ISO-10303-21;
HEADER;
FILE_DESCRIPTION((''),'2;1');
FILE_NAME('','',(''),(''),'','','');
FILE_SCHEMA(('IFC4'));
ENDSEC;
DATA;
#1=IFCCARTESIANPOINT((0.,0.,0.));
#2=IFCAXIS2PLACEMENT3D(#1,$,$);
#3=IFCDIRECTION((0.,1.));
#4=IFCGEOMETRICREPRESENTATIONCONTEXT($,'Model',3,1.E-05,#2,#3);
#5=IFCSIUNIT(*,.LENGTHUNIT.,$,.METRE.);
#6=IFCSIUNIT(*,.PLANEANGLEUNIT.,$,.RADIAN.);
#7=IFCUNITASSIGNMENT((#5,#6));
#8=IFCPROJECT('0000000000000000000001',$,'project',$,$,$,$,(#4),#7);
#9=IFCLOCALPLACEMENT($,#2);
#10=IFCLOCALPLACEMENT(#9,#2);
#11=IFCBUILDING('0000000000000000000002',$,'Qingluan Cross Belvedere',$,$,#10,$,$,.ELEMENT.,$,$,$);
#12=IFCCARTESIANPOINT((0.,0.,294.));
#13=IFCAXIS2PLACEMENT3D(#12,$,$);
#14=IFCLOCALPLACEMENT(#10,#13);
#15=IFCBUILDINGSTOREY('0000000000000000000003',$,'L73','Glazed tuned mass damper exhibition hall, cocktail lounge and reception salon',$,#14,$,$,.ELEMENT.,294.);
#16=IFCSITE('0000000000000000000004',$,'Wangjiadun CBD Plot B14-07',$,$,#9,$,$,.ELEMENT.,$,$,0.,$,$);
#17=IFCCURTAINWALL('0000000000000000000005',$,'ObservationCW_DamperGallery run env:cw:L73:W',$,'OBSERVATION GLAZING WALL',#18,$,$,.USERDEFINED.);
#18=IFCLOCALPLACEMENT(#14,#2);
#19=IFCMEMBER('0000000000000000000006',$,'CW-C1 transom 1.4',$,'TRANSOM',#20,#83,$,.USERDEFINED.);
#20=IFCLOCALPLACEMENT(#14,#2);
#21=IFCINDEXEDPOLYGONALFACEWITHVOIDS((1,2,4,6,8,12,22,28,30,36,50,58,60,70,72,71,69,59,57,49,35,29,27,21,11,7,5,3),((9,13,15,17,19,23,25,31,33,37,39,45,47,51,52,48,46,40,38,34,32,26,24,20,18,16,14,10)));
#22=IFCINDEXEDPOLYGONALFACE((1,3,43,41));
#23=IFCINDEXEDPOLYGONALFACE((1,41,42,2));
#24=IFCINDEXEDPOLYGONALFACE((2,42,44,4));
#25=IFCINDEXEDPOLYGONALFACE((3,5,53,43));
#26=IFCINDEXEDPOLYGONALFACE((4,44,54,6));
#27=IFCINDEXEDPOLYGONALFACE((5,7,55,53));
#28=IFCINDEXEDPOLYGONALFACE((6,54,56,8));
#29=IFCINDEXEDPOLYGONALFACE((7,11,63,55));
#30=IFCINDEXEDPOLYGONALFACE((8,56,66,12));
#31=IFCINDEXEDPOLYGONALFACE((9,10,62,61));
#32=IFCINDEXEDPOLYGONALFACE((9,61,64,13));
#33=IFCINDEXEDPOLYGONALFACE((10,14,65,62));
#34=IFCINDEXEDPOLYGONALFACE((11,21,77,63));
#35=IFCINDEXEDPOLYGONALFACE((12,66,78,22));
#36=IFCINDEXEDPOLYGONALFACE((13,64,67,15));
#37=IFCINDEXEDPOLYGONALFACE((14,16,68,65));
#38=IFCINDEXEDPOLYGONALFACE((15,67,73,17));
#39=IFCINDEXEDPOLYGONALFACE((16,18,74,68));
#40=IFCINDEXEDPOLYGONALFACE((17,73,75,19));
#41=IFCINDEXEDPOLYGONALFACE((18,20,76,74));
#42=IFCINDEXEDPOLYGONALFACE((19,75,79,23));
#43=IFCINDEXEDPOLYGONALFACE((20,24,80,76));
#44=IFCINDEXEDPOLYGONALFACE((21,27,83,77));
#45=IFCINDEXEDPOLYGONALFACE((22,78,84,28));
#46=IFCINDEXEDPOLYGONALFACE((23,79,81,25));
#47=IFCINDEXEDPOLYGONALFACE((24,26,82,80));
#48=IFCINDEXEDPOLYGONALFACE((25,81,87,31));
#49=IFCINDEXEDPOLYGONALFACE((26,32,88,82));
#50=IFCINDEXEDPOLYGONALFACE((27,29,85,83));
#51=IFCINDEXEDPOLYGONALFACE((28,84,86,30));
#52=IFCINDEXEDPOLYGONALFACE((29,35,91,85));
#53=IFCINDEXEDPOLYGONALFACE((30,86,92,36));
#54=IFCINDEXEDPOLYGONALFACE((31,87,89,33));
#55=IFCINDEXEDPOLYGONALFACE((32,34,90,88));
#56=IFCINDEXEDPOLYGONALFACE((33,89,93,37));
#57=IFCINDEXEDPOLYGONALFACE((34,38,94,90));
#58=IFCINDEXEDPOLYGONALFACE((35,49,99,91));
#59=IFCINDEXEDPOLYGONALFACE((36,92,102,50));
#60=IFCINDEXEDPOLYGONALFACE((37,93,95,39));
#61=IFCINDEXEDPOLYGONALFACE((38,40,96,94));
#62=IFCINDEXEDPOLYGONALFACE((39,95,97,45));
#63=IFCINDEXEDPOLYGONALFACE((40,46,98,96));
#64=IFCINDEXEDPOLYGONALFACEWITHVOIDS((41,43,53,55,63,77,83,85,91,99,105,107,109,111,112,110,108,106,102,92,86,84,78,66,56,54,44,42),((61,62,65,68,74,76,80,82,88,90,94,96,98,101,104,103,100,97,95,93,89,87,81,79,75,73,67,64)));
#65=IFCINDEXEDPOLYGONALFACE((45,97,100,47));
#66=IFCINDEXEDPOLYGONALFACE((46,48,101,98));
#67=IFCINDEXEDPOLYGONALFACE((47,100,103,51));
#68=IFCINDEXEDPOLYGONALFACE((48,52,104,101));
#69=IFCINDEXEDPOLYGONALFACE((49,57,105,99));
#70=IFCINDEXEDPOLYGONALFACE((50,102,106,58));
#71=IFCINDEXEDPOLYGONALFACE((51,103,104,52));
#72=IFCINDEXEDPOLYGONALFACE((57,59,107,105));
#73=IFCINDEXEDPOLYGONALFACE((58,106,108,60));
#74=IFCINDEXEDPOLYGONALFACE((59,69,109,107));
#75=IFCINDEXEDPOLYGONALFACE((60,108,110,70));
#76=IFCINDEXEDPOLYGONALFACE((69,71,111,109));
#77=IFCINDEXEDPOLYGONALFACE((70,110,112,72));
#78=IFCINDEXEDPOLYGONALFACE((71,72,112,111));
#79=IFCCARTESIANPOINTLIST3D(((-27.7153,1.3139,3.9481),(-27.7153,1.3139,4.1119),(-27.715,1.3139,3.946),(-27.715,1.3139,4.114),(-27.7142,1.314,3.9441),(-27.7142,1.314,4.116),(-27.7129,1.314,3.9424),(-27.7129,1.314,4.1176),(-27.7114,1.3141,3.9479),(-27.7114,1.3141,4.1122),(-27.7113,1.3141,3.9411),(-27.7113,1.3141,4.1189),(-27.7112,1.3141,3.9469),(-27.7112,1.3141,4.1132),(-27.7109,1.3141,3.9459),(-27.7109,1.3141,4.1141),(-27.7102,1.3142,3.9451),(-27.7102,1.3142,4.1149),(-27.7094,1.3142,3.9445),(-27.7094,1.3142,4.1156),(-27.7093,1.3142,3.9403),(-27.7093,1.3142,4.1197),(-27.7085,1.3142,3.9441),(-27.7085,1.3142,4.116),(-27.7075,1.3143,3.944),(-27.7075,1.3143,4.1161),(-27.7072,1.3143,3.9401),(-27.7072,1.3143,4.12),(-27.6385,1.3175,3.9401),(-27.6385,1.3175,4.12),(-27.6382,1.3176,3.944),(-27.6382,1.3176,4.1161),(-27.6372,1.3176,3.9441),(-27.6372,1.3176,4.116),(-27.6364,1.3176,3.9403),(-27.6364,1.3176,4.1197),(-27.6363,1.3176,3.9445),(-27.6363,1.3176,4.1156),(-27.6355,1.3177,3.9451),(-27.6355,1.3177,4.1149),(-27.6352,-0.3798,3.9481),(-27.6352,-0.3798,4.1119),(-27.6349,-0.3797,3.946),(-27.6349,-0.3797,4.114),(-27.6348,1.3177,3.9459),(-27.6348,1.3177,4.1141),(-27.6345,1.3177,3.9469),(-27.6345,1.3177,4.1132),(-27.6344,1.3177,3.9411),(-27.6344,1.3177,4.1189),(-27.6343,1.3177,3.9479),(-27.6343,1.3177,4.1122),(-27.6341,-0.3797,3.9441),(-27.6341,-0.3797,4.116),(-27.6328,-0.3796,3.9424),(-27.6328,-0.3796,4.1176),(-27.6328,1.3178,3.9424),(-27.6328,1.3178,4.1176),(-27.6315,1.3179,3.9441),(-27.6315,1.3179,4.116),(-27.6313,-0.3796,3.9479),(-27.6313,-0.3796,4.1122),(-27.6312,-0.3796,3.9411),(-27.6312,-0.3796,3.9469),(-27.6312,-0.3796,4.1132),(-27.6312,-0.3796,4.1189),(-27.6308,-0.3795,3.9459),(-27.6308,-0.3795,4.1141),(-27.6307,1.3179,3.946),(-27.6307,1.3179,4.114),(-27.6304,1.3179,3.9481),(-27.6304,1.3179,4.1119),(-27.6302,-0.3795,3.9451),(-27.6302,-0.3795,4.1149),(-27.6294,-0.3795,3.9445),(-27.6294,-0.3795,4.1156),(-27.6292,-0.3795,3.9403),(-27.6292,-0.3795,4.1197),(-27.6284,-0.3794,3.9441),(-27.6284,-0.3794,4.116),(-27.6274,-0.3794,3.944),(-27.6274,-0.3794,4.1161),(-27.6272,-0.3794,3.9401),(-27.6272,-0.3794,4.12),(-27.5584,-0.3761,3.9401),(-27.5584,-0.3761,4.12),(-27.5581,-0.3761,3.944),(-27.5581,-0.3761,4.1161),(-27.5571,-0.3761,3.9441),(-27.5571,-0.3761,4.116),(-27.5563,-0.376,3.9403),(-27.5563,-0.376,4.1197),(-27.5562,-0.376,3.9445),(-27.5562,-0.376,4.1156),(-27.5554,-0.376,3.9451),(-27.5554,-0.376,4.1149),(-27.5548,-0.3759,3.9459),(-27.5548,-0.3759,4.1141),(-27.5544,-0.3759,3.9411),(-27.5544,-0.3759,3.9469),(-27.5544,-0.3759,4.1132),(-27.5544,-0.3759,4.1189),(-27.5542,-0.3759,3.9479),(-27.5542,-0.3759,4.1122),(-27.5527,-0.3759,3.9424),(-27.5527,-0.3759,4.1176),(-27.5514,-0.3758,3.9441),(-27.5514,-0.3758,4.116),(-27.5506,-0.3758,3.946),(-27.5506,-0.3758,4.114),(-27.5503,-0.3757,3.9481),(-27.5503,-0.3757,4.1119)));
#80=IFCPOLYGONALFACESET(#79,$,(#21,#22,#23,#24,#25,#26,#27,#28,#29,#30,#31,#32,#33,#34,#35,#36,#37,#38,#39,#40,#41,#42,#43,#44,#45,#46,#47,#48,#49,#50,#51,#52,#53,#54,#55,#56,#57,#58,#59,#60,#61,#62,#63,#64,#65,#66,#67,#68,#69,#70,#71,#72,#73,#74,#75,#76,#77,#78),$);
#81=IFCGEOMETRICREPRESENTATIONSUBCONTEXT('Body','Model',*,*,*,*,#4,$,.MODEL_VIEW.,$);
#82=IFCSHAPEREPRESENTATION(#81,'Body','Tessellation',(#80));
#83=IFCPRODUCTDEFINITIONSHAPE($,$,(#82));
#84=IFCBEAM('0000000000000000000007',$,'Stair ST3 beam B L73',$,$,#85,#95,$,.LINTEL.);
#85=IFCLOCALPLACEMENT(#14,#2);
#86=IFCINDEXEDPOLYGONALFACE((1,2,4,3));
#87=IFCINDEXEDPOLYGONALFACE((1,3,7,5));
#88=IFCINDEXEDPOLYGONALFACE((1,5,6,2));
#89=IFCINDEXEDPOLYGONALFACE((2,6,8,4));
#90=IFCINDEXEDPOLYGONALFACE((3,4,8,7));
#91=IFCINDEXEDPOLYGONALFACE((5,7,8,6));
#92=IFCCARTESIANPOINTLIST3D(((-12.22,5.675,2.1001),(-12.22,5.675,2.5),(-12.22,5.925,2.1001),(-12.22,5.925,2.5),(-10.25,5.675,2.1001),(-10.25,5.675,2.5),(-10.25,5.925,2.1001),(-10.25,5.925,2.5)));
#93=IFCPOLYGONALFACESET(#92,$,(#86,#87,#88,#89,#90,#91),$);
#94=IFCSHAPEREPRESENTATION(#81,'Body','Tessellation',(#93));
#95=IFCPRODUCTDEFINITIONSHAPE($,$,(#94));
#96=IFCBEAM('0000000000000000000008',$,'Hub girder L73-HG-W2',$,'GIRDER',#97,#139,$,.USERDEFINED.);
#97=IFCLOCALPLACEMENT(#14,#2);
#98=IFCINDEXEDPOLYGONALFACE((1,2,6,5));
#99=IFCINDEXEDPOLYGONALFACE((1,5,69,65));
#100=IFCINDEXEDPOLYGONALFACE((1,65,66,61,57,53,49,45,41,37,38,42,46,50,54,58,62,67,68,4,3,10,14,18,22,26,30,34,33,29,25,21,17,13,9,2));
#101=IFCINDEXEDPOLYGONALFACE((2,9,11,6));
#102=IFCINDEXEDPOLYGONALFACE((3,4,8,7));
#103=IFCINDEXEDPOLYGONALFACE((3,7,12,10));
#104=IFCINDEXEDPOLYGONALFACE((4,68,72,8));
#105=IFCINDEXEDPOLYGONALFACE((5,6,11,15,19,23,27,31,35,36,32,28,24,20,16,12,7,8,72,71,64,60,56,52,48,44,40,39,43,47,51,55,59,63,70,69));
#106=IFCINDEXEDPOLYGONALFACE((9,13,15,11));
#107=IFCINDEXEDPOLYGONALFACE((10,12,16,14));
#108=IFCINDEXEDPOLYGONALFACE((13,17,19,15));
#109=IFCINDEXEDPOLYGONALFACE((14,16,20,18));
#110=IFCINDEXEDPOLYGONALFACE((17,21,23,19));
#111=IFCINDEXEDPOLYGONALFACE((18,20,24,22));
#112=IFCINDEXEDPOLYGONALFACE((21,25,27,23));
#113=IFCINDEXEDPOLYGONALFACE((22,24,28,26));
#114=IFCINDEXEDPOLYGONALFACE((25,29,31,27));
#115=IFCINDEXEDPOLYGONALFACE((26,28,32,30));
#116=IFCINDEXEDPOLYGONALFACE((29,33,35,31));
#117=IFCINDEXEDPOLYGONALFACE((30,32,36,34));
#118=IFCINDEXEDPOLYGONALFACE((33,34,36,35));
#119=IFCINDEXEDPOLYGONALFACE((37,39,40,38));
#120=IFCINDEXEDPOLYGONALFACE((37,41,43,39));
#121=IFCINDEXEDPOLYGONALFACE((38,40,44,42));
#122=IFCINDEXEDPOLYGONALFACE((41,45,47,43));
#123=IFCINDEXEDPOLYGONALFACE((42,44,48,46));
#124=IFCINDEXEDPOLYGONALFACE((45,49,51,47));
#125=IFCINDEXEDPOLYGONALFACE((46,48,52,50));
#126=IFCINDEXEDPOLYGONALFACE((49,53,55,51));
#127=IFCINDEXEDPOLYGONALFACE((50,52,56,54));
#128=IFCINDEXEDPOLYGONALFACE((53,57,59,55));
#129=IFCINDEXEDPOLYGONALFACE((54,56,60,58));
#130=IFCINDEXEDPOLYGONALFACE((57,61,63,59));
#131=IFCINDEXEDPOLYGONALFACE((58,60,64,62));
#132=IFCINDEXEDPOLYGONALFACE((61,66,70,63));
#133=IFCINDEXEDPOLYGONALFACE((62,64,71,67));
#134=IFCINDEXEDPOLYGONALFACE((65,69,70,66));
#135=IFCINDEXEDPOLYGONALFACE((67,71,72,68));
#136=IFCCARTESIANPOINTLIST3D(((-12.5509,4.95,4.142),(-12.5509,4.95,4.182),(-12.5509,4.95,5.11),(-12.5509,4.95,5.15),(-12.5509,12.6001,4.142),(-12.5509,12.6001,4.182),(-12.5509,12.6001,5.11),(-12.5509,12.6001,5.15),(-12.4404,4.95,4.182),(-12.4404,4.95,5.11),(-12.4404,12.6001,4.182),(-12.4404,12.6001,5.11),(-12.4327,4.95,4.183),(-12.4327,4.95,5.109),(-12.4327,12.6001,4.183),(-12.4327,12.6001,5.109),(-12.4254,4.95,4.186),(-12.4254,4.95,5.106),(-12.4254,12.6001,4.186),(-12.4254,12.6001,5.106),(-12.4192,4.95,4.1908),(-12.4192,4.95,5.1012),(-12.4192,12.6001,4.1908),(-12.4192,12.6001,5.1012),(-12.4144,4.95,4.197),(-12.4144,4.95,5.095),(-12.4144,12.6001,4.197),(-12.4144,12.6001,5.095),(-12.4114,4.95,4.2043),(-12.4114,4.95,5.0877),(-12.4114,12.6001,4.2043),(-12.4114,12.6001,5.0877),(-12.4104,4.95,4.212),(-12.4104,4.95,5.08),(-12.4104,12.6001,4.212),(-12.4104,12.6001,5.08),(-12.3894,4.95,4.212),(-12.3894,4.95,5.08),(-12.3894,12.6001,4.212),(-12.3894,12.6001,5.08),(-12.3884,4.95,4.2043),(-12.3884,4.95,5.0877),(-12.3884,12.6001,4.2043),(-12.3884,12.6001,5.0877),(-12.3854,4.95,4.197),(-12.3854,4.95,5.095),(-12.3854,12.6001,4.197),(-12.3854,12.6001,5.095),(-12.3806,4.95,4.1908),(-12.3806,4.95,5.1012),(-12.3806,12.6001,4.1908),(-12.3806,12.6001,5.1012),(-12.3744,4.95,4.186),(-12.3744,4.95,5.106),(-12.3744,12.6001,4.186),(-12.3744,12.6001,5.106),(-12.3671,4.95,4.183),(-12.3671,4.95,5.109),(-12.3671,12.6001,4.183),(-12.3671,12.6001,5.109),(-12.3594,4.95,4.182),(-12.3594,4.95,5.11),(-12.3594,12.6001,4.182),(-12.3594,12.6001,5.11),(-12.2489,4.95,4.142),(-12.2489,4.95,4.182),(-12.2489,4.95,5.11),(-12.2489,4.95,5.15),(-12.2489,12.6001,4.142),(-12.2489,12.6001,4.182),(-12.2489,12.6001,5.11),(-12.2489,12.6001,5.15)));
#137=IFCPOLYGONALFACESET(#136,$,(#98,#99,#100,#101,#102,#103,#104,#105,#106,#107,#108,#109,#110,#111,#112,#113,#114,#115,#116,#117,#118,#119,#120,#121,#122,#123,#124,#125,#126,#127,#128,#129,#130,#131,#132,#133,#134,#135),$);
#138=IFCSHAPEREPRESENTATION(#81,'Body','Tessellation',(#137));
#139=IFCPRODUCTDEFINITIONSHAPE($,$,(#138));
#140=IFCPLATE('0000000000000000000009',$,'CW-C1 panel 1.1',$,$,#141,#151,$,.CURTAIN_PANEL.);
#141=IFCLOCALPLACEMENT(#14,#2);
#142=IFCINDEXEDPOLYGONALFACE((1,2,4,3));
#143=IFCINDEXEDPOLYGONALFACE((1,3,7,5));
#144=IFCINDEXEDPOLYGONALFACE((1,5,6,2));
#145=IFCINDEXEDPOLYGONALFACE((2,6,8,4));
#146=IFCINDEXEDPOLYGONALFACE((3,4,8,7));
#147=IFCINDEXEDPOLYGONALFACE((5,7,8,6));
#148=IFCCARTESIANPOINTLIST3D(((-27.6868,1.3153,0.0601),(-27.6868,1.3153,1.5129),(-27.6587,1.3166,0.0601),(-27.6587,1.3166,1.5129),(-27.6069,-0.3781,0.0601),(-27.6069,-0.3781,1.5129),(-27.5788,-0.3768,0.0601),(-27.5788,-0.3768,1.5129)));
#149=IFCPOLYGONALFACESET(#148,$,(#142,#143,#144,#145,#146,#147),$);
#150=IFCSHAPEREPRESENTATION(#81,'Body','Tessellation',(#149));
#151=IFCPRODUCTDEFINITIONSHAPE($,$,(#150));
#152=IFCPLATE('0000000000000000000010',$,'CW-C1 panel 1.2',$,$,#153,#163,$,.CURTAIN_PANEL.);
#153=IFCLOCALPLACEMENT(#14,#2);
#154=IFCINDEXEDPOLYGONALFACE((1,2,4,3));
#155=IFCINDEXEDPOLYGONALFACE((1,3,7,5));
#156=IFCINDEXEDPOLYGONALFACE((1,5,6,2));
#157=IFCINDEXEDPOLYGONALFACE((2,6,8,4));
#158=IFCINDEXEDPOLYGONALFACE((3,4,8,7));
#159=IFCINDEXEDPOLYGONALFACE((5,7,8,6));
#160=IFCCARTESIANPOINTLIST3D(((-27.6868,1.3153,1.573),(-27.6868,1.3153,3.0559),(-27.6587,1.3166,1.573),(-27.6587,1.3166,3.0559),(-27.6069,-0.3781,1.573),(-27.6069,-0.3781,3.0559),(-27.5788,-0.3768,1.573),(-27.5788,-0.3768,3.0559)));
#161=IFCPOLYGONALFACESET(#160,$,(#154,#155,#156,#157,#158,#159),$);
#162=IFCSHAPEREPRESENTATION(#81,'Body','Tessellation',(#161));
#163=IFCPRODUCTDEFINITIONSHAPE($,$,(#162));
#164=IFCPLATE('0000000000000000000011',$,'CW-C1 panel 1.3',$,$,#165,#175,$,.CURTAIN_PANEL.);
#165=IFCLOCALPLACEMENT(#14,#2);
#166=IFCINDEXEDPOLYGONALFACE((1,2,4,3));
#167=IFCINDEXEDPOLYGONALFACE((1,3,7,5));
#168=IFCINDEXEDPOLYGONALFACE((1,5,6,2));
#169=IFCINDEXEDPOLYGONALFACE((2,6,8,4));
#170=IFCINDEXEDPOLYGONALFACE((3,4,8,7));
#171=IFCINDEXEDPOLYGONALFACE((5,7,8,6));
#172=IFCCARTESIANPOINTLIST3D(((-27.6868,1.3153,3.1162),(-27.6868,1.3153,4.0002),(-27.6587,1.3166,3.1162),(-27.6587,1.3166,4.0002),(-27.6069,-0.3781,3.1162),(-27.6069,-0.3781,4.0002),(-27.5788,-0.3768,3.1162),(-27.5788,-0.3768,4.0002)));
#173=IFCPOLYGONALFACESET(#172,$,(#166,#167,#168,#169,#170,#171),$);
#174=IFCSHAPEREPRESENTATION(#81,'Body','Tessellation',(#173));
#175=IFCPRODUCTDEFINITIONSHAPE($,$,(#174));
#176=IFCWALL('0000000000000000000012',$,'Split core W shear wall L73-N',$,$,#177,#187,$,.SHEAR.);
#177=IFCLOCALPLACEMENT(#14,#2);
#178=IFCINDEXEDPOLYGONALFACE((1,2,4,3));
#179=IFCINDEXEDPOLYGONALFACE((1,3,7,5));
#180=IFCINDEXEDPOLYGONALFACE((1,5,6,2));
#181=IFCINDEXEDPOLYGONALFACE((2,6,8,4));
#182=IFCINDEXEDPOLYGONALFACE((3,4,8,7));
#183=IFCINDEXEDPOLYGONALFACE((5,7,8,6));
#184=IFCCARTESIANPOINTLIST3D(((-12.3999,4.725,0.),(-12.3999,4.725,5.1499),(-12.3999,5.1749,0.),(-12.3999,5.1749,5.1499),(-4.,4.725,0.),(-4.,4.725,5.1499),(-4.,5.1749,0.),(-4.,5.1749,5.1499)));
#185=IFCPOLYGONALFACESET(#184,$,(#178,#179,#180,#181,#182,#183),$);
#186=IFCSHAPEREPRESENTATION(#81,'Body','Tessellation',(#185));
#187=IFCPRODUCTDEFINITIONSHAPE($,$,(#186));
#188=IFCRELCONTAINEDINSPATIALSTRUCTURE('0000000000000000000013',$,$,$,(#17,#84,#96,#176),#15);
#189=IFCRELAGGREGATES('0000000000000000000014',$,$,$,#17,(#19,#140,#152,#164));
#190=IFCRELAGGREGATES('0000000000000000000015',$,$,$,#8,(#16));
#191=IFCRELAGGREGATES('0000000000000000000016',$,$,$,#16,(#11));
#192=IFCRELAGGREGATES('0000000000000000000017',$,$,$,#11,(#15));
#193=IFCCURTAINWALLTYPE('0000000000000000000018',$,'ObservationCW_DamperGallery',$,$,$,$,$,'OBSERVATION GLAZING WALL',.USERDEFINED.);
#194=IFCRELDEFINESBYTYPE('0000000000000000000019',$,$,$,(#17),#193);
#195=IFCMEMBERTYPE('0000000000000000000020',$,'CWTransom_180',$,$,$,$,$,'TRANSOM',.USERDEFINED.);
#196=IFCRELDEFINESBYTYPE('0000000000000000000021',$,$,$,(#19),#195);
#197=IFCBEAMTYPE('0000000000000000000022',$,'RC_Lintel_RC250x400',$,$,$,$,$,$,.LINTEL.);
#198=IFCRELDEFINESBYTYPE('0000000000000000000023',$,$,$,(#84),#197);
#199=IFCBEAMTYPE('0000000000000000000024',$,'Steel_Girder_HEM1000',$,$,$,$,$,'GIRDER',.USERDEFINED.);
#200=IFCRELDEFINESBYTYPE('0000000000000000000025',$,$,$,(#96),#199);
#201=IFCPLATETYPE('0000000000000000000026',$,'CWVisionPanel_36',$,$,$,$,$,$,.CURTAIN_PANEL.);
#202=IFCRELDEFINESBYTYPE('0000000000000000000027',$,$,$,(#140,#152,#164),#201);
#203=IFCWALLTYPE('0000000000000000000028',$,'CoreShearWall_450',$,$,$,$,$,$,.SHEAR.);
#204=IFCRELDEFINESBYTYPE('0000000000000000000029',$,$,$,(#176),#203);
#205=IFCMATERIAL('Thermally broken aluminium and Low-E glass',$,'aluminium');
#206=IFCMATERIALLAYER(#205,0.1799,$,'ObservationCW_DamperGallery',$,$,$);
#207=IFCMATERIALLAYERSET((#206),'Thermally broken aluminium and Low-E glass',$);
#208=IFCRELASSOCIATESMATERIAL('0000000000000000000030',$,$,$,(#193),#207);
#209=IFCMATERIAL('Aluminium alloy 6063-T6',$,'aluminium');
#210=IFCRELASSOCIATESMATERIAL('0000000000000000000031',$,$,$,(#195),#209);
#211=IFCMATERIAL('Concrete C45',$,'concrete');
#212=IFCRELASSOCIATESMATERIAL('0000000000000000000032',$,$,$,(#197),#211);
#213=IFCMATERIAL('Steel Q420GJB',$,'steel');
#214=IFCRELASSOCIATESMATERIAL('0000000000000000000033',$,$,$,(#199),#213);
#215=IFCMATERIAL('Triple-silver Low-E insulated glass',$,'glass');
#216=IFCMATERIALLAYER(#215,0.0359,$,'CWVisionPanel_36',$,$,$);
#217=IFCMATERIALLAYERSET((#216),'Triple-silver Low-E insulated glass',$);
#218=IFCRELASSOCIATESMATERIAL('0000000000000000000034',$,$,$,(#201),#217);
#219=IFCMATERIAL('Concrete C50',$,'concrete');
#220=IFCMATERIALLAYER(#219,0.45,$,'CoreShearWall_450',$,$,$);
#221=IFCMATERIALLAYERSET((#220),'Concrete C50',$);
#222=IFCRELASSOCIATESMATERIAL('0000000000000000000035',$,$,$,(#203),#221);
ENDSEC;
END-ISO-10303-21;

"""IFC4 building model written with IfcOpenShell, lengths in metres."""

from ifc_helpers import new_model, si_unit, direction, frame, frame_2d, origin, origin_2d, place, context, subcontext, project, spatial, rectangle, hollow_rectangle, i_section, extrude, material, layer, layer_set, material_profile, profile_set, type_object, element, aggregate, save


model = new_model("IFC4")

# Units and contexts
model_context = context("Model", 3, precision=1e-05, world=origin(), true_north=direction((0.0, 1.0)))
body_context = subcontext(model_context, "Body", "Model", "MODEL_VIEW")
ifc_project = project(units=[si_unit("LENGTHUNIT", "METRE"), si_unit("PLANEANGLEUNIT", "RADIAN")], contexts=[model_context])

# Site, building, storey
site_placement = place(None, origin())
site = spatial("IfcSite", under=ifc_project, at=site_placement, Name="Wangjiadun CBD Plot B14-07", CompositionType="ELEMENT", RefElevation=0.0)
building_placement = place(site_placement, origin())
building = spatial("IfcBuilding", under=site, at=building_placement, Name="Qingluan Cross Belvedere", CompositionType="ELEMENT")
storey_placement = place(building_placement, frame((0.0, 0.0, 294.0)))
storey = spatial("IfcBuildingStorey", under=building, at=storey_placement, Name="L73", Description="Glazed tuned mass damper exhibition hall, cocktail lounge and reception salon", CompositionType="ELEMENT", Elevation=294.0)

# Curtain wall, member
ifc_material_1 = material(Name="Thermally broken aluminium and Low-E glass", Category="aluminium")
ifc_layer_1 = layer(ifc_material_1, 0.1799, Name="ObservationCW_DamperGallery")
ifc_layer_set_1 = layer_set([ifc_layer_1], Name="Thermally broken aluminium and Low-E glass")
curtain_wall_type = type_object("IfcCurtainWallType", Name="ObservationCW_DamperGallery", ElementType="OBSERVATION GLAZING WALL", PredefinedType="USERDEFINED", material=ifc_layer_set_1)
curtain_wall_placement = place(storey_placement, origin())
curtain_wall = element("IfcCurtainWall", 1, at=curtain_wall_placement, inside=storey, type_object=curtain_wall_type, Name="ObservationCW_DamperGallery run env:cw:L73:W", ObjectType="OBSERVATION GLAZING WALL", PredefinedType="USERDEFINED")
ifc_material_2 = material(Name="Aluminium alloy 6063-T6", Category="aluminium")
ifc_material_profile_1 = material_profile(ifc_material_2, hollow_rectangle(XDim=0.085, YDim=0.1799, WallThickness=0.0039, InnerFilletRadius=0.0039, OuterFilletRadius=0.0081, at=origin_2d()), Name="CWT180x85x4")
ifc_profile_set_1 = profile_set([ifc_material_profile_1], Name="Aluminium alloy 6063-T6")
member_type_1 = type_object("IfcMemberType", Name="CWTransom_180", ElementType="TRANSOM", PredefinedType="USERDEFINED", material=ifc_profile_set_1)
member_1_placement = place(storey_placement, frame((-27.6729, 1.3159, 4.03), z_axis=(0.04723, -0.998884, 0.0), x_axis=(0.998884, 0.04723, 0.0)))
member_1 = element("IfcMember", 2, at=member_1_placement, type_object=member_type_1, Name="CW-C1 transom 1.4", ObjectType="TRANSOM", PredefinedType="USERDEFINED", context=body_context, shape_type="SweptSolid", body=[
    extrude(hollow_rectangle(XDim=0.085, YDim=0.1799, WallThickness=0.0039, InnerFilletRadius=0.0039, OuterFilletRadius=0.0081, at=origin_2d()), origin(), (0.0, 0.0, 1.0), 1.6956),
])

# Beams
ifc_material_3 = material(Name="Concrete C45", Category="concrete")
ifc_material_profile_2 = material_profile(ifc_material_3, rectangle(XDim=0.25, YDim=0.3999, at=origin_2d()), Name="RC250x400")
ifc_profile_set_2 = profile_set([ifc_material_profile_2], Name="Concrete C45")
beam_type_1 = type_object("IfcBeamType", Name="RC_Lintel_RC250x400", PredefinedType="LINTEL", material=ifc_profile_set_2)
beam_1_placement = place(storey_placement, frame((-12.22, 5.8, 2.3), z_axis=(1.0, 0.0, 0.0), x_axis=(0.0, 1.0, 0.0)))
element("IfcBeam", 3, at=beam_1_placement, inside=storey, type_object=beam_type_1, Name="Stair ST3 beam B L73", PredefinedType="LINTEL", context=body_context, shape_type="SweptSolid", body=[
    extrude(rectangle(XDim=0.25, YDim=0.3999, at=origin_2d()), origin(), (0.0, 0.0, 1.0), 1.97),
])
ifc_material_4 = material(Name="Steel Q420GJB", Category="steel")
ifc_material_profile_3 = material_profile(ifc_material_4, i_section(OverallWidth=0.302, OverallDepth=1.0081, WebThickness=0.021, FlangeThickness=0.04, FilletRadius=0.03, at=origin_2d()), Name="HEM1000")
ifc_profile_set_3 = profile_set([ifc_material_profile_3], Name="Steel Q420GJB")
beam_type_2 = type_object("IfcBeamType", Name="Steel_Girder_HEM1000", ElementType="GIRDER", PredefinedType="USERDEFINED", material=ifc_profile_set_3)
beam_2_placement = place(storey_placement, frame((-12.3999, 4.95, 4.646), z_axis=(0.0, 1.0, 0.0), x_axis=(-1.0, 0.0, 0.0)))
element("IfcBeam", 4, at=beam_2_placement, inside=storey, type_object=beam_type_2, Name="Hub girder L73-HG-W2", ObjectType="GIRDER", PredefinedType="USERDEFINED", context=body_context, shape_type="SweptSolid", body=[
    extrude(i_section(OverallWidth=0.302, OverallDepth=1.0081, WebThickness=0.021, FlangeThickness=0.04, FilletRadius=0.03, at=origin_2d()), origin(), (0.0, 0.0, 1.0), 7.6501),
])

# Plates
ifc_material_5 = material(Name="Triple-silver Low-E insulated glass", Category="glass")
ifc_layer_2 = layer(ifc_material_5, 0.0359, Name="CWVisionPanel_36")
ifc_layer_set_2 = layer_set([ifc_layer_2], Name="Triple-silver Low-E insulated glass")
plate_type = type_object("IfcPlateType", Name="CWVisionPanel_36", PredefinedType="CURTAIN_PANEL", material=ifc_layer_set_2)
plate_1_placement = place(storey_placement, frame((-27.6328, 0.4692, 0.0601), z_axis=(0.0, 0.0, 1.0), x_axis=(0.047125, -0.998889, 0.0)))
plate_1 = element("IfcPlate", 5, at=plate_1_placement, type_object=plate_type, Name="CW-C1 panel 1.1", PredefinedType="CURTAIN_PANEL", context=body_context, shape_type="SweptSolid", body=[
    extrude(rectangle(XDim=1.6953, YDim=0.0281, at=origin_2d()), origin(), (0.0, 0.0, 1.0), 1.4529),
])
plate_2_placement = place(storey_placement, frame((-27.6328, 0.4692, 1.573), z_axis=(0.0, 0.0, 1.0), x_axis=(0.047125, -0.998889, 0.0)))
plate_2 = element("IfcPlate", 6, at=plate_2_placement, type_object=plate_type, Name="CW-C1 panel 1.2", PredefinedType="CURTAIN_PANEL", context=body_context, shape_type="SweptSolid", body=[
    extrude(rectangle(XDim=1.6953, YDim=0.0281, at=origin_2d()), origin(), (0.0, 0.0, 1.0), 1.4829),
])
plate_3_placement = place(storey_placement, frame((-27.6328, 0.4692, 3.1162), z_axis=(0.0, 0.0, 1.0), x_axis=(0.047125, -0.998889, 0.0)))
plate_3 = element("IfcPlate", 7, at=plate_3_placement, type_object=plate_type, Name="CW-C1 panel 1.3", PredefinedType="CURTAIN_PANEL", context=body_context, shape_type="SweptSolid", body=[
    extrude(rectangle(XDim=1.6953, YDim=0.0281, at=origin_2d()), origin(), (0.0, 0.0, 1.0), 0.884),
])
aggregate(curtain_wall, [member_1, plate_1, plate_2, plate_3])

# Wall
ifc_material_6 = material(Name="Concrete C50", Category="concrete")
ifc_layer_3 = layer(ifc_material_6, 0.45, Name="CoreShearWall_450")
ifc_layer_set_3 = layer_set([ifc_layer_3], Name="Concrete C50")
wall_type_1 = type_object("IfcWallType", Name="CoreShearWall_450", PredefinedType="SHEAR", material=ifc_layer_set_3)
wall_1_placement = place(storey_placement, frame((-12.3999, 4.95, 0.0), z_axis=(0.0, 0.0, 1.0), x_axis=(1.0, 0.0, 0.0)))
element("IfcWall", 8, at=wall_1_placement, inside=storey, type_object=wall_type_1, Name="Split core W shear wall L73-N", PredefinedType="SHEAR", context=body_context, shape_type="SweptSolid", body=[
    extrude(rectangle(XDim=8.3999, YDim=0.45, at=frame_2d((4.2, 0.0))), origin(), (0.0, 0.0, 1.0), 5.1499),
])

save(model, "model.ifc")
